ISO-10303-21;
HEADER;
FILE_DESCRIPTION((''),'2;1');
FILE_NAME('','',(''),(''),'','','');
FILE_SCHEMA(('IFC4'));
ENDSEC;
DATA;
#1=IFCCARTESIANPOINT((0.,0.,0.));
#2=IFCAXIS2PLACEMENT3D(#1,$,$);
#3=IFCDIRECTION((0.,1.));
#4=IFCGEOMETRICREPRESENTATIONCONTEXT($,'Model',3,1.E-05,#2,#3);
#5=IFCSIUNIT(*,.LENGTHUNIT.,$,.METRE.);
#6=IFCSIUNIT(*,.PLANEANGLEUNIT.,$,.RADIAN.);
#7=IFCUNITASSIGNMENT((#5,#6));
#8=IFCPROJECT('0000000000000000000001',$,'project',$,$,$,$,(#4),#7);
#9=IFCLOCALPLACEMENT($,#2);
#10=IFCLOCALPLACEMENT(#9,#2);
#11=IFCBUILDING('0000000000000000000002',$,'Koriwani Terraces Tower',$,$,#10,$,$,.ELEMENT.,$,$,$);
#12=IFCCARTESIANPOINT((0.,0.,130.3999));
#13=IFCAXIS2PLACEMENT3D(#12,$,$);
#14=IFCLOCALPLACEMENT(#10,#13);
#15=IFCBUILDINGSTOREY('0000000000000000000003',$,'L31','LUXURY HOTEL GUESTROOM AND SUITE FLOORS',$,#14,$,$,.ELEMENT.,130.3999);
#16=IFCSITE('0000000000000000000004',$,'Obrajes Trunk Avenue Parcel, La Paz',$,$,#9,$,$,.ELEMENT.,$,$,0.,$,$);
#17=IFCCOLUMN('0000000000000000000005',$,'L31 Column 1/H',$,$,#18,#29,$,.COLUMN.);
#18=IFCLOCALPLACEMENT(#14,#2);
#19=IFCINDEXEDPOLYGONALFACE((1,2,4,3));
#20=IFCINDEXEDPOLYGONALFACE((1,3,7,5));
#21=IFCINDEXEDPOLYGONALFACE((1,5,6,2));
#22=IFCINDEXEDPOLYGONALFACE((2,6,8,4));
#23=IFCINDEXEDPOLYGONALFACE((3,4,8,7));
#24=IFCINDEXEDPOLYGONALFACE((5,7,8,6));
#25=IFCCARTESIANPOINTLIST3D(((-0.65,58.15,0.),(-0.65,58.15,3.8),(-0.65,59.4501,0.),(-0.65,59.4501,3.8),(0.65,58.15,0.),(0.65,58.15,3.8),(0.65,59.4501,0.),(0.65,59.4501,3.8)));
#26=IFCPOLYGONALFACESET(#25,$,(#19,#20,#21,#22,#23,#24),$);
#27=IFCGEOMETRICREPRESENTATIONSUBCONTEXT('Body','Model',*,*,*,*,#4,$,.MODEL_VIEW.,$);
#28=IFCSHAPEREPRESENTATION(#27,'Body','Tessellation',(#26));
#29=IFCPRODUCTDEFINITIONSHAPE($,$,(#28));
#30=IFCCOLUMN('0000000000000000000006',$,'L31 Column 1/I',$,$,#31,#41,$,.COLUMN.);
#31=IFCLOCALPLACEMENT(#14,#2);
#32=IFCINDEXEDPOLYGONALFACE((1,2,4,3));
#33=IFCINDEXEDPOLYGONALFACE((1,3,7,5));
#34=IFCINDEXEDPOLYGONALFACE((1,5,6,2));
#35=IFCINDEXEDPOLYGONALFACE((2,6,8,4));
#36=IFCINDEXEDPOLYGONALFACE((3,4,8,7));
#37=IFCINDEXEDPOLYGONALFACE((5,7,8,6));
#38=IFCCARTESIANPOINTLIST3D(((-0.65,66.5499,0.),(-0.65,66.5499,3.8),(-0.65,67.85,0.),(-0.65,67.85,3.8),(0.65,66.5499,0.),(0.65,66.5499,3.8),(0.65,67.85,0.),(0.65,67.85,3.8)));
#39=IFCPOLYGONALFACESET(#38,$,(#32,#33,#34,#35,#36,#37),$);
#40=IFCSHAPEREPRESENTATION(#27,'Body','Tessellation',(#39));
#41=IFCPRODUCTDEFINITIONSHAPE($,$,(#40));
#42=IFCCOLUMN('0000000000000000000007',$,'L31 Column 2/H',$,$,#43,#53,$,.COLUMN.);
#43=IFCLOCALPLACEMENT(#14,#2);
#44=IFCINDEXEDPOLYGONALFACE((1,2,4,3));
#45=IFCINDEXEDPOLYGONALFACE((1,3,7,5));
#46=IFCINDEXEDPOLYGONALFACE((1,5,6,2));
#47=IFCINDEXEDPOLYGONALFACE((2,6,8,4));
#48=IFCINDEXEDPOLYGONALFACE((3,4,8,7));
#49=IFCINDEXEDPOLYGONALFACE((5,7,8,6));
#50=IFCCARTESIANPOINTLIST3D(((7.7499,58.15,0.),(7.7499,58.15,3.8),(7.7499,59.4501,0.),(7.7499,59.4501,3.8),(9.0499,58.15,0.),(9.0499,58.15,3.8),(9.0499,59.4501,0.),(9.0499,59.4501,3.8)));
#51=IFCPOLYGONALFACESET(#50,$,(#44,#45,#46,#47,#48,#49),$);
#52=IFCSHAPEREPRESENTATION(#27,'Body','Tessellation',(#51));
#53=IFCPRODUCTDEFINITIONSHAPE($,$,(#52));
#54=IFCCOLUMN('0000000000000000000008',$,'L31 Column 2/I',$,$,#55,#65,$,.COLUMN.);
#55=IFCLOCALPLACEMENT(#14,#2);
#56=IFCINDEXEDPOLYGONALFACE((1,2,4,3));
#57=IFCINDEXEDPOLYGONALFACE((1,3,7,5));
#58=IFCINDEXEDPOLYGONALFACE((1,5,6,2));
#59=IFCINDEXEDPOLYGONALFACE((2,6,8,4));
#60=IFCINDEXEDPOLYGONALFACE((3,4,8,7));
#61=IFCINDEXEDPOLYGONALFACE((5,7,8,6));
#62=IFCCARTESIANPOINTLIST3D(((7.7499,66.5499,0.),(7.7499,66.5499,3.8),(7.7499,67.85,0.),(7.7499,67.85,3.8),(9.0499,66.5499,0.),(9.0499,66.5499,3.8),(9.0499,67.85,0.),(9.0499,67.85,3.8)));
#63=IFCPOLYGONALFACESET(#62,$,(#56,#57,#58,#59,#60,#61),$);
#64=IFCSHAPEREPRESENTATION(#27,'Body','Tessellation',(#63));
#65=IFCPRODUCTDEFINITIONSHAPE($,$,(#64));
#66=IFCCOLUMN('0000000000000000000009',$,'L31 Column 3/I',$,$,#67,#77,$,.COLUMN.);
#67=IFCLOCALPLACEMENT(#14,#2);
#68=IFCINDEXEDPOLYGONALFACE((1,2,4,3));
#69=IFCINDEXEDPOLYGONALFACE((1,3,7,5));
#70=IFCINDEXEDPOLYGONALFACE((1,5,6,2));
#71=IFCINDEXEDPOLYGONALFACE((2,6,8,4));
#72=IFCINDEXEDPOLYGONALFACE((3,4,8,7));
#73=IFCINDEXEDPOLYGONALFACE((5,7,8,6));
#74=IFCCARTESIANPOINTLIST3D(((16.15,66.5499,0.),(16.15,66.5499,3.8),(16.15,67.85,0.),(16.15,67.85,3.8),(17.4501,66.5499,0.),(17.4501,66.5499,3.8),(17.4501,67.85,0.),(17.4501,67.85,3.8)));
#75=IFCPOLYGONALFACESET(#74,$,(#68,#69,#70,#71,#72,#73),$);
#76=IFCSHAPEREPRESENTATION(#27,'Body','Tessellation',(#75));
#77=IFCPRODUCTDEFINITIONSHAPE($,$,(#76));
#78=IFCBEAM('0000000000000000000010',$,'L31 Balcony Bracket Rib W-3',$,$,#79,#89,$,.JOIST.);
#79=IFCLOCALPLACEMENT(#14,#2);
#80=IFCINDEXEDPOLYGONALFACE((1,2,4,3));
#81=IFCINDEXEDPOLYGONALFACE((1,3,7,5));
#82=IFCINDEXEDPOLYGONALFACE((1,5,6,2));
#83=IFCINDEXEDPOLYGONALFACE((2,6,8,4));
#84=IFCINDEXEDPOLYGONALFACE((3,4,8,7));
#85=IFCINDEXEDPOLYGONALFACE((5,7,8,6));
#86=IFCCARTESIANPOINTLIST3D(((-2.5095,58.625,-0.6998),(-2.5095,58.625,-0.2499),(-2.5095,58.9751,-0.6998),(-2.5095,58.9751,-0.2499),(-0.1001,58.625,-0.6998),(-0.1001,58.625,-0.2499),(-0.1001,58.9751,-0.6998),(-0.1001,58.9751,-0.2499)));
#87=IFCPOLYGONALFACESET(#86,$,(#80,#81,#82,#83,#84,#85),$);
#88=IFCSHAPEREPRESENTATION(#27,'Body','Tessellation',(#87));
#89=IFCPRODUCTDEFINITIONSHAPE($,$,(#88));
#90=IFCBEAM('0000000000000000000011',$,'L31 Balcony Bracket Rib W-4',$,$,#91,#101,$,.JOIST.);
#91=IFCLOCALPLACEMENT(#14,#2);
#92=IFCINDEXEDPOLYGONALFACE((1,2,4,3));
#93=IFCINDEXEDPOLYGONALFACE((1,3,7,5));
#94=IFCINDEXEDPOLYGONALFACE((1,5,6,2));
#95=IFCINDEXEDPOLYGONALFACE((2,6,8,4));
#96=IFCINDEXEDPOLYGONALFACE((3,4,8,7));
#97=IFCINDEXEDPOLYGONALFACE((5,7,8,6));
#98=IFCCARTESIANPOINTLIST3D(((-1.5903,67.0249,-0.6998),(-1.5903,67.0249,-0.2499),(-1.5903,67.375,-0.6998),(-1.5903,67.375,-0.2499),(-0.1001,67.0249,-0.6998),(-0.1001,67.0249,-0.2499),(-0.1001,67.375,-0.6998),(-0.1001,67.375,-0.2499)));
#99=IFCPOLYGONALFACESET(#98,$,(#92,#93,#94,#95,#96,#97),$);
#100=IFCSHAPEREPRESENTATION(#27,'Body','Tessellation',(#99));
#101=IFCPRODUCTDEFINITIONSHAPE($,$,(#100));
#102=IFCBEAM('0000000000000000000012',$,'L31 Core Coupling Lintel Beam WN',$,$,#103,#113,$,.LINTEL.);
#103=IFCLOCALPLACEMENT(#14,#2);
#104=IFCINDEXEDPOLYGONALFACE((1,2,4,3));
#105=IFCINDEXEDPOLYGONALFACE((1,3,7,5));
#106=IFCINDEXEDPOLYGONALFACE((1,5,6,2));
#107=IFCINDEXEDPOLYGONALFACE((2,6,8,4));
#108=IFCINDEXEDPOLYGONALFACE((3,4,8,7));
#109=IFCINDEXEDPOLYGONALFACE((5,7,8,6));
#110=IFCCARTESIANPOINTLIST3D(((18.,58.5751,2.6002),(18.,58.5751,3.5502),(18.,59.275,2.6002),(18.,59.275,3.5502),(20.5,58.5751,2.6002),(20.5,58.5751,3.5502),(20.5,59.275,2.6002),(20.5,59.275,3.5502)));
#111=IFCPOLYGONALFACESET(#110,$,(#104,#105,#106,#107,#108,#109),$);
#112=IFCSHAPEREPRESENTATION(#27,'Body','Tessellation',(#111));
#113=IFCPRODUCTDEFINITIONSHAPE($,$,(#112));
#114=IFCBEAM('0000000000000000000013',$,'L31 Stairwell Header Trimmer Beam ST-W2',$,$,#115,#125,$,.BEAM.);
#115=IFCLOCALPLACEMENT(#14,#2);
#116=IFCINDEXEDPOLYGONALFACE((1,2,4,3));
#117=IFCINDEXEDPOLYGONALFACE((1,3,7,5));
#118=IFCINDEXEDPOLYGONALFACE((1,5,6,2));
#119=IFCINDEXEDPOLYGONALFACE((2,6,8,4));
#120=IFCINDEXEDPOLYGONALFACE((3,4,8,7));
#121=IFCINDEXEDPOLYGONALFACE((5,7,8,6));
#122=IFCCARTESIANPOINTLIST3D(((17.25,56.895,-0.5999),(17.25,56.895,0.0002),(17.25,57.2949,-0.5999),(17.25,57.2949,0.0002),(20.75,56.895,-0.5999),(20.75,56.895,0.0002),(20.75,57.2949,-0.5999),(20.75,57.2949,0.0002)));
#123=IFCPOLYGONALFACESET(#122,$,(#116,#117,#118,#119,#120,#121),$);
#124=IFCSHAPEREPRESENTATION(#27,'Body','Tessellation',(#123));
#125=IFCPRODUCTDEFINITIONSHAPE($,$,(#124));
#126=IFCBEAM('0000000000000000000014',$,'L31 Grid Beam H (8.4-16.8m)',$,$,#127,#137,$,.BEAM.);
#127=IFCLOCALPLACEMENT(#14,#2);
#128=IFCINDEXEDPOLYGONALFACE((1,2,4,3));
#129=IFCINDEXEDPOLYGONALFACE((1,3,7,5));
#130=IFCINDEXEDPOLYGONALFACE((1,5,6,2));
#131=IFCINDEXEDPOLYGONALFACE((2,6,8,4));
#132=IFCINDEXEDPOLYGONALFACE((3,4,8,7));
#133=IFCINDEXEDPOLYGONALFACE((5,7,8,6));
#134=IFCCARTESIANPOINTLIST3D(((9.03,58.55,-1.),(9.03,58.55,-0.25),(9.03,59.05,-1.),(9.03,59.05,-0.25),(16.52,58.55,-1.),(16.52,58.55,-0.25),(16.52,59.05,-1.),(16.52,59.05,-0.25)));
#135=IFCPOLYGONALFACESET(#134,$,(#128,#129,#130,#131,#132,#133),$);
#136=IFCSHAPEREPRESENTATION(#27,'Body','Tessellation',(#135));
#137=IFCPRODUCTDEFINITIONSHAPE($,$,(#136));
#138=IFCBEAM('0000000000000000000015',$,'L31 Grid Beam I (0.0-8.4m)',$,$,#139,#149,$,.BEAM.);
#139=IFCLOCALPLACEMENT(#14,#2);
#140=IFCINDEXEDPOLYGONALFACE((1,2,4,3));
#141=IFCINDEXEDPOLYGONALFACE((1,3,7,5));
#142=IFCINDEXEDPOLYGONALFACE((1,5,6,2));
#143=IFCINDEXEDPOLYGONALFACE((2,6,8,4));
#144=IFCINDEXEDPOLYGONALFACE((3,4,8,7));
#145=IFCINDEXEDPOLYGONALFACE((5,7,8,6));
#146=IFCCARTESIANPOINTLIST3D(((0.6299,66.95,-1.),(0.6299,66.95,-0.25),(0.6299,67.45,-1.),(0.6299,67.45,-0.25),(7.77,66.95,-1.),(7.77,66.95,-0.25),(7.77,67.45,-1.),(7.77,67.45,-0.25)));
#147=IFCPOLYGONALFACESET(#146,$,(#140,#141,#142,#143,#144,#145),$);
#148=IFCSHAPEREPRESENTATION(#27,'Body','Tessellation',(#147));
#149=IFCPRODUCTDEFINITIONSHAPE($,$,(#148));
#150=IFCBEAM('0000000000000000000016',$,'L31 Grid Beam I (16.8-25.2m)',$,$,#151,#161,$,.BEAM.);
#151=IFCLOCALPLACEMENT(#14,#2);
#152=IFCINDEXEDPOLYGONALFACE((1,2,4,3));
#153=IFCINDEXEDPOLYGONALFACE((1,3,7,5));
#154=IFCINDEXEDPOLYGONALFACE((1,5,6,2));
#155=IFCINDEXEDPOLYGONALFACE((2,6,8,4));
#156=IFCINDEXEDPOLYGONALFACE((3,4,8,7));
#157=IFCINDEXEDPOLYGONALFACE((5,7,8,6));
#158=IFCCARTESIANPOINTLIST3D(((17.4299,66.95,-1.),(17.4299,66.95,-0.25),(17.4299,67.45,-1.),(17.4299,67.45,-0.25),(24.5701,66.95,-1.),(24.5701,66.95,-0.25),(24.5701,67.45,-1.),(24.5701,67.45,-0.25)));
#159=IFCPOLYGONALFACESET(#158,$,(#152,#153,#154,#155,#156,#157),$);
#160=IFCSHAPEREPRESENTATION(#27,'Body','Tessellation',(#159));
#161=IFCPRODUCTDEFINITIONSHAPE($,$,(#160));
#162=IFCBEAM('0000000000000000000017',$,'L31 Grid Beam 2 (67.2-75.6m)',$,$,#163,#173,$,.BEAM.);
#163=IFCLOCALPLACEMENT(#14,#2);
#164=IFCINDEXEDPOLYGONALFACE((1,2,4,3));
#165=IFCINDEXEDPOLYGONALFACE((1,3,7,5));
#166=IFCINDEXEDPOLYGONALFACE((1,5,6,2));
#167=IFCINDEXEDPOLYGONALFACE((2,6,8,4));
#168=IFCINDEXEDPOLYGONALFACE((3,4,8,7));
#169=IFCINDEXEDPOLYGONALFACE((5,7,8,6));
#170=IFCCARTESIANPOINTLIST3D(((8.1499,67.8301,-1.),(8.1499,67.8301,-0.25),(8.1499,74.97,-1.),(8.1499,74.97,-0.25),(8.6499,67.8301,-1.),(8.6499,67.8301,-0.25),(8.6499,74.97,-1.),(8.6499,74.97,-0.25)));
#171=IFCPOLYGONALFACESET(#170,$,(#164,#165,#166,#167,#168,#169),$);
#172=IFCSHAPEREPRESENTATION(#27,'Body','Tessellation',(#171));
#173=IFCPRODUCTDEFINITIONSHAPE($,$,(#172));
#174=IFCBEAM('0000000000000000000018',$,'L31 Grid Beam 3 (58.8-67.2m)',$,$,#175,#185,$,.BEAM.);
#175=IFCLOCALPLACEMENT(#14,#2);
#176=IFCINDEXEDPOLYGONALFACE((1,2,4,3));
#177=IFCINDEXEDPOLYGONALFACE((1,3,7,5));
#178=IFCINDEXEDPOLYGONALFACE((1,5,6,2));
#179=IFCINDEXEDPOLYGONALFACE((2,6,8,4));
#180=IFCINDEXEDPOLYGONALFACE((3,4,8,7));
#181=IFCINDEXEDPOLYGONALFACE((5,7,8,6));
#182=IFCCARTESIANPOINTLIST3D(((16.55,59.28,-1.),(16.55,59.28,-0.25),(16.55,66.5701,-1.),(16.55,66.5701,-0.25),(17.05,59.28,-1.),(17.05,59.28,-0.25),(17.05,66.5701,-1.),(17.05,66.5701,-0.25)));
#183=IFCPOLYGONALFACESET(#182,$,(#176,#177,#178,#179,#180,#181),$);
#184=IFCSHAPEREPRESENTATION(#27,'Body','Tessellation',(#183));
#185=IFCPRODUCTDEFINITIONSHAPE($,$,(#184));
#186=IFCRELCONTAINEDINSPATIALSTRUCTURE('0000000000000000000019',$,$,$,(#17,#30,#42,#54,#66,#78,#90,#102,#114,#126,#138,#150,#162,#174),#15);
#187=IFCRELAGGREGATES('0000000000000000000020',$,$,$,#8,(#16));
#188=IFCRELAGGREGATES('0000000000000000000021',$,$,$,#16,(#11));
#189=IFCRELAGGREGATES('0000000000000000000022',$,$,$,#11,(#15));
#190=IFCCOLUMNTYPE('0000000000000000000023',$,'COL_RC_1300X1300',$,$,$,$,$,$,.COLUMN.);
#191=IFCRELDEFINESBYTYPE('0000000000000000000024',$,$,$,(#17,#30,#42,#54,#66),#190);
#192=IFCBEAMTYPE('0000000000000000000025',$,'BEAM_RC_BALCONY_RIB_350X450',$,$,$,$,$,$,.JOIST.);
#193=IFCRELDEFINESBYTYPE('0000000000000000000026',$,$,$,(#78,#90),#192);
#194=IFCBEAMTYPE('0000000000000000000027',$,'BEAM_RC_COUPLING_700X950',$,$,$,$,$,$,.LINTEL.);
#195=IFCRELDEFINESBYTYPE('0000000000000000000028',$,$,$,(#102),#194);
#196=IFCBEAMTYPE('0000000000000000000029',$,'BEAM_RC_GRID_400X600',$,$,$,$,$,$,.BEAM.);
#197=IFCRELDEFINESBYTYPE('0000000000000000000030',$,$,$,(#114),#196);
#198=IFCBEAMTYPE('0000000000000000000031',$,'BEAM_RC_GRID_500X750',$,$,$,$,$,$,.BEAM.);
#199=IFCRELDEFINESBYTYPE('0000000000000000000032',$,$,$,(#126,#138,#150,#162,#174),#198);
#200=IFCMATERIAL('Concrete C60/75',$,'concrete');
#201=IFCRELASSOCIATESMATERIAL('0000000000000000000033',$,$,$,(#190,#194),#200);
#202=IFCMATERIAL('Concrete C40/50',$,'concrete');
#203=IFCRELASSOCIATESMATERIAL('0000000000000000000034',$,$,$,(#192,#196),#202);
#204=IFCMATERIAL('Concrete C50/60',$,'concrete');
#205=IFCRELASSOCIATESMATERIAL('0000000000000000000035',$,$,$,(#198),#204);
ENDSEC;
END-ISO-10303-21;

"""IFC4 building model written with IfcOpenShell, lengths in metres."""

from ifc_helpers import new_model, si_unit, direction, frame, origin, origin_2d, place, context, subcontext, project, spatial, rectangle, extrude, material, material_profile, profile_set, type_object, element, save


model = new_model("IFC4")

# Units and contexts
model_context = context("Model", 3, precision=1e-05, world=origin(), true_north=direction((0.0, 1.0)))
body_context = subcontext(model_context, "Body", "Model", "MODEL_VIEW")
ifc_project = project(units=[si_unit("LENGTHUNIT", "METRE"), si_unit("PLANEANGLEUNIT", "RADIAN")], contexts=[model_context])

# Site, building, storey
site_placement = place(None, origin())
site = spatial("IfcSite", under=ifc_project, at=site_placement, Name="Obrajes Trunk Avenue Parcel, La Paz", CompositionType="ELEMENT", RefElevation=0.0)
building_placement = place(site_placement, origin())
building = spatial("IfcBuilding", under=site, at=building_placement, Name="Koriwani Terraces Tower", CompositionType="ELEMENT")
storey_placement = place(building_placement, frame((0.0, 0.0, 130.3999)))
storey = spatial("IfcBuildingStorey", under=building, at=storey_placement, Name="L31", Description="LUXURY HOTEL GUESTROOM AND SUITE FLOORS", CompositionType="ELEMENT", Elevation=130.3999)

# Columns
ifc_material_1 = material(Name="Concrete C60/75", Category="concrete")
ifc_material_profile_1 = material_profile(ifc_material_1, rectangle(XDim=1.3, YDim=1.3, at=origin_2d()), Name="Concrete C60/75", Category="LoadBearing")
ifc_profile_set_1 = profile_set([ifc_material_profile_1], Name="Concrete C60/75")
column_type = type_object("IfcColumnType", Name="COL_RC_1300X1300", PredefinedType="COLUMN", material=ifc_profile_set_1)
for number, where, z_axis, x_axis, name in (
    (1, (0.0, 58.8, 0.0), (0.0, 0.0, 1.0), (1.0, 0.0, 0.0), "L31 Column 1/H"),
    (2, (0.0, 67.2, 0.0), (0.0, 0.0, 1.0), (1.0, 0.0, 0.0), "L31 Column 1/I"),
    (3, (8.3999, 58.8, 0.0), (0.0, 0.0, 1.0), (1.0, 0.0, 0.0), "L31 Column 2/H"),
    (4, (8.3999, 67.2, 0.0), (0.0, 0.0, 1.0), (1.0, 0.0, 0.0), "L31 Column 2/I"),
    (5, (16.8, 67.2, 0.0), (0.0, 0.0, 1.0), (1.0, 0.0, 0.0), "L31 Column 3/I"),
):
    element("IfcColumn", number, at=place(storey_placement, frame(where, z_axis=z_axis, x_axis=x_axis)), inside=storey, type_object=column_type, Name=name, PredefinedType="COLUMN", context=body_context, shape_type="SweptSolid", body=[
        extrude(rectangle(XDim=1.3, YDim=1.3, at=origin_2d()), origin(), (0.0, 0.0, 1.0), 3.8),
    ])

# Beams
ifc_material_2 = material(Name="Concrete C40/50", Category="concrete")
ifc_material_profile_2 = material_profile(ifc_material_2, rectangle(XDim=0.3501, YDim=0.45, at=origin_2d()), Name="Concrete C40/50", Category="LoadBearing")
ifc_profile_set_2 = profile_set([ifc_material_profile_2], Name="Concrete C40/50")
beam_type_1 = type_object("IfcBeamType", Name="BEAM_RC_BALCONY_RIB_350X450", PredefinedType="JOIST", material=ifc_profile_set_2)
beam_1_placement = place(storey_placement, frame((-2.5095, 58.8, -0.4749), z_axis=(1.0, 0.0, 0.0), x_axis=(0.0, 1.0, 0.0)))
element("IfcBeam", 6, at=beam_1_placement, inside=storey, type_object=beam_type_1, Name="L31 Balcony Bracket Rib W-3", PredefinedType="JOIST", context=body_context, shape_type="SweptSolid", body=[
    extrude(rectangle(XDim=0.3501, YDim=0.45, at=origin_2d()), origin(), (0.0, 0.0, 1.0), 2.4094),
])
beam_2_placement = place(storey_placement, frame((-1.5903, 67.2, -0.4749), z_axis=(1.0, 0.0, 0.0), x_axis=(0.0, 1.0, 0.0)))
element("IfcBeam", 7, at=beam_2_placement, inside=storey, type_object=beam_type_1, Name="L31 Balcony Bracket Rib W-4", PredefinedType="JOIST", context=body_context, shape_type="SweptSolid", body=[
    extrude(rectangle(XDim=0.3501, YDim=0.45, at=origin_2d()), origin(), (0.0, 0.0, 1.0), 1.4902),
])
ifc_material_profile_3 = material_profile(ifc_material_1, rectangle(XDim=0.7, YDim=0.95, at=origin_2d()), Name="Concrete C60/75", Category="LoadBearing")
ifc_profile_set_3 = profile_set([ifc_material_profile_3], Name="Concrete C60/75")
beam_type_2 = type_object("IfcBeamType", Name="BEAM_RC_COUPLING_700X950", PredefinedType="LINTEL", material=ifc_profile_set_3)
beam_3_placement = place(storey_placement, frame((18.0, 58.925, 3.0752), z_axis=(1.0, 0.0, 0.0), x_axis=(0.0, 1.0, 0.0)))
element("IfcBeam", 8, at=beam_3_placement, inside=storey, type_object=beam_type_2, Name="L31 Core Coupling Lintel Beam WN", PredefinedType="LINTEL", context=body_context, shape_type="SweptSolid", body=[
    extrude(rectangle(XDim=0.7, YDim=0.95, at=origin_2d()), origin(), (0.0, 0.0, 1.0), 2.5),
])
ifc_material_profile_4 = material_profile(ifc_material_2, rectangle(XDim=0.3999, YDim=0.6001, at=origin_2d()), Name="Concrete C40/50", Category="LoadBearing")
ifc_profile_set_4 = profile_set([ifc_material_profile_4], Name="Concrete C40/50")
beam_type_3 = type_object("IfcBeamType", Name="BEAM_RC_GRID_400X600", PredefinedType="BEAM", material=ifc_profile_set_4)
beam_4_placement = place(storey_placement, frame((17.25, 57.095, -0.2998), z_axis=(1.0, 0.0, 0.0), x_axis=(0.0, 1.0, 0.0)))
element("IfcBeam", 9, at=beam_4_placement, inside=storey, type_object=beam_type_3, Name="L31 Stairwell Header Trimmer Beam ST-W2", PredefinedType="BEAM", context=body_context, shape_type="SweptSolid", body=[
    extrude(rectangle(XDim=0.3999, YDim=0.6001, at=origin_2d()), origin(), (0.0, 0.0, 1.0), 3.5),
])
ifc_material_3 = material(Name="Concrete C50/60", Category="concrete")
ifc_material_profile_5 = material_profile(ifc_material_3, rectangle(XDim=0.5, YDim=0.75, at=origin_2d()), Name="Concrete C50/60", Category="LoadBearing")
ifc_profile_set_5 = profile_set([ifc_material_profile_5], Name="Concrete C50/60")
beam_type_4 = type_object("IfcBeamType", Name="BEAM_RC_GRID_500X750", PredefinedType="BEAM", material=ifc_profile_set_5)
beam_5_placement = place(storey_placement, frame((9.03, 58.8, -0.625), z_axis=(1.0, 0.0, 0.0), x_axis=(0.0, 1.0, 0.0)))
element("IfcBeam", 10, at=beam_5_placement, inside=storey, type_object=beam_type_4, Name="L31 Grid Beam H (8.4-16.8m)", PredefinedType="BEAM", context=body_context, shape_type="SweptSolid", body=[
    extrude(rectangle(XDim=0.5, YDim=0.75, at=origin_2d()), origin(), (0.0, 0.0, 1.0), 7.49),
])
for number, where, z_axis, x_axis, name in (
    (11, (0.6299, 67.2, -0.625), (1.0, 0.0, 0.0), (0.0, 1.0, 0.0), "L31 Grid Beam I (0.0-8.4m)"),
    (12, (17.4299, 67.2, -0.625), (1.0, 0.0, 0.0), (0.0, 1.0, 0.0), "L31 Grid Beam I (16.8-25.2m)"),
):
    element("IfcBeam", number, at=place(storey_placement, frame(where, z_axis=z_axis, x_axis=x_axis)), inside=storey, type_object=beam_type_4, Name=name, PredefinedType="BEAM", context=body_context, shape_type="SweptSolid", body=[
        extrude(rectangle(XDim=0.5, YDim=0.75, at=origin_2d()), origin(), (0.0, 0.0, 1.0), 7.1401),
    ])
beam_6_placement = place(storey_placement, frame((8.3999, 67.8301, -0.625), z_axis=(0.0, 1.0, 0.0), x_axis=(-1.0, 0.0, 0.0)))
element("IfcBeam", 13, at=beam_6_placement, inside=storey, type_object=beam_type_4, Name="L31 Grid Beam 2 (67.2-75.6m)", PredefinedType="BEAM", context=body_context, shape_type="SweptSolid", body=[
    extrude(rectangle(XDim=0.5, YDim=0.75, at=origin_2d()), origin(), (0.0, 0.0, 1.0), 7.1399),
])
beam_7_placement = place(storey_placement, frame((16.8, 59.28, -0.625), z_axis=(0.0, 1.0, 0.0), x_axis=(-1.0, 0.0, 0.0)))
element("IfcBeam", 14, at=beam_7_placement, inside=storey, type_object=beam_type_4, Name="L31 Grid Beam 3 (58.8-67.2m)", PredefinedType="BEAM", context=body_context, shape_type="SweptSolid", body=[
    extrude(rectangle(XDim=0.5, YDim=0.75, at=origin_2d()), origin(), (0.0, 0.0, 1.0), 7.29),
])

save(model, "model.ifc")
